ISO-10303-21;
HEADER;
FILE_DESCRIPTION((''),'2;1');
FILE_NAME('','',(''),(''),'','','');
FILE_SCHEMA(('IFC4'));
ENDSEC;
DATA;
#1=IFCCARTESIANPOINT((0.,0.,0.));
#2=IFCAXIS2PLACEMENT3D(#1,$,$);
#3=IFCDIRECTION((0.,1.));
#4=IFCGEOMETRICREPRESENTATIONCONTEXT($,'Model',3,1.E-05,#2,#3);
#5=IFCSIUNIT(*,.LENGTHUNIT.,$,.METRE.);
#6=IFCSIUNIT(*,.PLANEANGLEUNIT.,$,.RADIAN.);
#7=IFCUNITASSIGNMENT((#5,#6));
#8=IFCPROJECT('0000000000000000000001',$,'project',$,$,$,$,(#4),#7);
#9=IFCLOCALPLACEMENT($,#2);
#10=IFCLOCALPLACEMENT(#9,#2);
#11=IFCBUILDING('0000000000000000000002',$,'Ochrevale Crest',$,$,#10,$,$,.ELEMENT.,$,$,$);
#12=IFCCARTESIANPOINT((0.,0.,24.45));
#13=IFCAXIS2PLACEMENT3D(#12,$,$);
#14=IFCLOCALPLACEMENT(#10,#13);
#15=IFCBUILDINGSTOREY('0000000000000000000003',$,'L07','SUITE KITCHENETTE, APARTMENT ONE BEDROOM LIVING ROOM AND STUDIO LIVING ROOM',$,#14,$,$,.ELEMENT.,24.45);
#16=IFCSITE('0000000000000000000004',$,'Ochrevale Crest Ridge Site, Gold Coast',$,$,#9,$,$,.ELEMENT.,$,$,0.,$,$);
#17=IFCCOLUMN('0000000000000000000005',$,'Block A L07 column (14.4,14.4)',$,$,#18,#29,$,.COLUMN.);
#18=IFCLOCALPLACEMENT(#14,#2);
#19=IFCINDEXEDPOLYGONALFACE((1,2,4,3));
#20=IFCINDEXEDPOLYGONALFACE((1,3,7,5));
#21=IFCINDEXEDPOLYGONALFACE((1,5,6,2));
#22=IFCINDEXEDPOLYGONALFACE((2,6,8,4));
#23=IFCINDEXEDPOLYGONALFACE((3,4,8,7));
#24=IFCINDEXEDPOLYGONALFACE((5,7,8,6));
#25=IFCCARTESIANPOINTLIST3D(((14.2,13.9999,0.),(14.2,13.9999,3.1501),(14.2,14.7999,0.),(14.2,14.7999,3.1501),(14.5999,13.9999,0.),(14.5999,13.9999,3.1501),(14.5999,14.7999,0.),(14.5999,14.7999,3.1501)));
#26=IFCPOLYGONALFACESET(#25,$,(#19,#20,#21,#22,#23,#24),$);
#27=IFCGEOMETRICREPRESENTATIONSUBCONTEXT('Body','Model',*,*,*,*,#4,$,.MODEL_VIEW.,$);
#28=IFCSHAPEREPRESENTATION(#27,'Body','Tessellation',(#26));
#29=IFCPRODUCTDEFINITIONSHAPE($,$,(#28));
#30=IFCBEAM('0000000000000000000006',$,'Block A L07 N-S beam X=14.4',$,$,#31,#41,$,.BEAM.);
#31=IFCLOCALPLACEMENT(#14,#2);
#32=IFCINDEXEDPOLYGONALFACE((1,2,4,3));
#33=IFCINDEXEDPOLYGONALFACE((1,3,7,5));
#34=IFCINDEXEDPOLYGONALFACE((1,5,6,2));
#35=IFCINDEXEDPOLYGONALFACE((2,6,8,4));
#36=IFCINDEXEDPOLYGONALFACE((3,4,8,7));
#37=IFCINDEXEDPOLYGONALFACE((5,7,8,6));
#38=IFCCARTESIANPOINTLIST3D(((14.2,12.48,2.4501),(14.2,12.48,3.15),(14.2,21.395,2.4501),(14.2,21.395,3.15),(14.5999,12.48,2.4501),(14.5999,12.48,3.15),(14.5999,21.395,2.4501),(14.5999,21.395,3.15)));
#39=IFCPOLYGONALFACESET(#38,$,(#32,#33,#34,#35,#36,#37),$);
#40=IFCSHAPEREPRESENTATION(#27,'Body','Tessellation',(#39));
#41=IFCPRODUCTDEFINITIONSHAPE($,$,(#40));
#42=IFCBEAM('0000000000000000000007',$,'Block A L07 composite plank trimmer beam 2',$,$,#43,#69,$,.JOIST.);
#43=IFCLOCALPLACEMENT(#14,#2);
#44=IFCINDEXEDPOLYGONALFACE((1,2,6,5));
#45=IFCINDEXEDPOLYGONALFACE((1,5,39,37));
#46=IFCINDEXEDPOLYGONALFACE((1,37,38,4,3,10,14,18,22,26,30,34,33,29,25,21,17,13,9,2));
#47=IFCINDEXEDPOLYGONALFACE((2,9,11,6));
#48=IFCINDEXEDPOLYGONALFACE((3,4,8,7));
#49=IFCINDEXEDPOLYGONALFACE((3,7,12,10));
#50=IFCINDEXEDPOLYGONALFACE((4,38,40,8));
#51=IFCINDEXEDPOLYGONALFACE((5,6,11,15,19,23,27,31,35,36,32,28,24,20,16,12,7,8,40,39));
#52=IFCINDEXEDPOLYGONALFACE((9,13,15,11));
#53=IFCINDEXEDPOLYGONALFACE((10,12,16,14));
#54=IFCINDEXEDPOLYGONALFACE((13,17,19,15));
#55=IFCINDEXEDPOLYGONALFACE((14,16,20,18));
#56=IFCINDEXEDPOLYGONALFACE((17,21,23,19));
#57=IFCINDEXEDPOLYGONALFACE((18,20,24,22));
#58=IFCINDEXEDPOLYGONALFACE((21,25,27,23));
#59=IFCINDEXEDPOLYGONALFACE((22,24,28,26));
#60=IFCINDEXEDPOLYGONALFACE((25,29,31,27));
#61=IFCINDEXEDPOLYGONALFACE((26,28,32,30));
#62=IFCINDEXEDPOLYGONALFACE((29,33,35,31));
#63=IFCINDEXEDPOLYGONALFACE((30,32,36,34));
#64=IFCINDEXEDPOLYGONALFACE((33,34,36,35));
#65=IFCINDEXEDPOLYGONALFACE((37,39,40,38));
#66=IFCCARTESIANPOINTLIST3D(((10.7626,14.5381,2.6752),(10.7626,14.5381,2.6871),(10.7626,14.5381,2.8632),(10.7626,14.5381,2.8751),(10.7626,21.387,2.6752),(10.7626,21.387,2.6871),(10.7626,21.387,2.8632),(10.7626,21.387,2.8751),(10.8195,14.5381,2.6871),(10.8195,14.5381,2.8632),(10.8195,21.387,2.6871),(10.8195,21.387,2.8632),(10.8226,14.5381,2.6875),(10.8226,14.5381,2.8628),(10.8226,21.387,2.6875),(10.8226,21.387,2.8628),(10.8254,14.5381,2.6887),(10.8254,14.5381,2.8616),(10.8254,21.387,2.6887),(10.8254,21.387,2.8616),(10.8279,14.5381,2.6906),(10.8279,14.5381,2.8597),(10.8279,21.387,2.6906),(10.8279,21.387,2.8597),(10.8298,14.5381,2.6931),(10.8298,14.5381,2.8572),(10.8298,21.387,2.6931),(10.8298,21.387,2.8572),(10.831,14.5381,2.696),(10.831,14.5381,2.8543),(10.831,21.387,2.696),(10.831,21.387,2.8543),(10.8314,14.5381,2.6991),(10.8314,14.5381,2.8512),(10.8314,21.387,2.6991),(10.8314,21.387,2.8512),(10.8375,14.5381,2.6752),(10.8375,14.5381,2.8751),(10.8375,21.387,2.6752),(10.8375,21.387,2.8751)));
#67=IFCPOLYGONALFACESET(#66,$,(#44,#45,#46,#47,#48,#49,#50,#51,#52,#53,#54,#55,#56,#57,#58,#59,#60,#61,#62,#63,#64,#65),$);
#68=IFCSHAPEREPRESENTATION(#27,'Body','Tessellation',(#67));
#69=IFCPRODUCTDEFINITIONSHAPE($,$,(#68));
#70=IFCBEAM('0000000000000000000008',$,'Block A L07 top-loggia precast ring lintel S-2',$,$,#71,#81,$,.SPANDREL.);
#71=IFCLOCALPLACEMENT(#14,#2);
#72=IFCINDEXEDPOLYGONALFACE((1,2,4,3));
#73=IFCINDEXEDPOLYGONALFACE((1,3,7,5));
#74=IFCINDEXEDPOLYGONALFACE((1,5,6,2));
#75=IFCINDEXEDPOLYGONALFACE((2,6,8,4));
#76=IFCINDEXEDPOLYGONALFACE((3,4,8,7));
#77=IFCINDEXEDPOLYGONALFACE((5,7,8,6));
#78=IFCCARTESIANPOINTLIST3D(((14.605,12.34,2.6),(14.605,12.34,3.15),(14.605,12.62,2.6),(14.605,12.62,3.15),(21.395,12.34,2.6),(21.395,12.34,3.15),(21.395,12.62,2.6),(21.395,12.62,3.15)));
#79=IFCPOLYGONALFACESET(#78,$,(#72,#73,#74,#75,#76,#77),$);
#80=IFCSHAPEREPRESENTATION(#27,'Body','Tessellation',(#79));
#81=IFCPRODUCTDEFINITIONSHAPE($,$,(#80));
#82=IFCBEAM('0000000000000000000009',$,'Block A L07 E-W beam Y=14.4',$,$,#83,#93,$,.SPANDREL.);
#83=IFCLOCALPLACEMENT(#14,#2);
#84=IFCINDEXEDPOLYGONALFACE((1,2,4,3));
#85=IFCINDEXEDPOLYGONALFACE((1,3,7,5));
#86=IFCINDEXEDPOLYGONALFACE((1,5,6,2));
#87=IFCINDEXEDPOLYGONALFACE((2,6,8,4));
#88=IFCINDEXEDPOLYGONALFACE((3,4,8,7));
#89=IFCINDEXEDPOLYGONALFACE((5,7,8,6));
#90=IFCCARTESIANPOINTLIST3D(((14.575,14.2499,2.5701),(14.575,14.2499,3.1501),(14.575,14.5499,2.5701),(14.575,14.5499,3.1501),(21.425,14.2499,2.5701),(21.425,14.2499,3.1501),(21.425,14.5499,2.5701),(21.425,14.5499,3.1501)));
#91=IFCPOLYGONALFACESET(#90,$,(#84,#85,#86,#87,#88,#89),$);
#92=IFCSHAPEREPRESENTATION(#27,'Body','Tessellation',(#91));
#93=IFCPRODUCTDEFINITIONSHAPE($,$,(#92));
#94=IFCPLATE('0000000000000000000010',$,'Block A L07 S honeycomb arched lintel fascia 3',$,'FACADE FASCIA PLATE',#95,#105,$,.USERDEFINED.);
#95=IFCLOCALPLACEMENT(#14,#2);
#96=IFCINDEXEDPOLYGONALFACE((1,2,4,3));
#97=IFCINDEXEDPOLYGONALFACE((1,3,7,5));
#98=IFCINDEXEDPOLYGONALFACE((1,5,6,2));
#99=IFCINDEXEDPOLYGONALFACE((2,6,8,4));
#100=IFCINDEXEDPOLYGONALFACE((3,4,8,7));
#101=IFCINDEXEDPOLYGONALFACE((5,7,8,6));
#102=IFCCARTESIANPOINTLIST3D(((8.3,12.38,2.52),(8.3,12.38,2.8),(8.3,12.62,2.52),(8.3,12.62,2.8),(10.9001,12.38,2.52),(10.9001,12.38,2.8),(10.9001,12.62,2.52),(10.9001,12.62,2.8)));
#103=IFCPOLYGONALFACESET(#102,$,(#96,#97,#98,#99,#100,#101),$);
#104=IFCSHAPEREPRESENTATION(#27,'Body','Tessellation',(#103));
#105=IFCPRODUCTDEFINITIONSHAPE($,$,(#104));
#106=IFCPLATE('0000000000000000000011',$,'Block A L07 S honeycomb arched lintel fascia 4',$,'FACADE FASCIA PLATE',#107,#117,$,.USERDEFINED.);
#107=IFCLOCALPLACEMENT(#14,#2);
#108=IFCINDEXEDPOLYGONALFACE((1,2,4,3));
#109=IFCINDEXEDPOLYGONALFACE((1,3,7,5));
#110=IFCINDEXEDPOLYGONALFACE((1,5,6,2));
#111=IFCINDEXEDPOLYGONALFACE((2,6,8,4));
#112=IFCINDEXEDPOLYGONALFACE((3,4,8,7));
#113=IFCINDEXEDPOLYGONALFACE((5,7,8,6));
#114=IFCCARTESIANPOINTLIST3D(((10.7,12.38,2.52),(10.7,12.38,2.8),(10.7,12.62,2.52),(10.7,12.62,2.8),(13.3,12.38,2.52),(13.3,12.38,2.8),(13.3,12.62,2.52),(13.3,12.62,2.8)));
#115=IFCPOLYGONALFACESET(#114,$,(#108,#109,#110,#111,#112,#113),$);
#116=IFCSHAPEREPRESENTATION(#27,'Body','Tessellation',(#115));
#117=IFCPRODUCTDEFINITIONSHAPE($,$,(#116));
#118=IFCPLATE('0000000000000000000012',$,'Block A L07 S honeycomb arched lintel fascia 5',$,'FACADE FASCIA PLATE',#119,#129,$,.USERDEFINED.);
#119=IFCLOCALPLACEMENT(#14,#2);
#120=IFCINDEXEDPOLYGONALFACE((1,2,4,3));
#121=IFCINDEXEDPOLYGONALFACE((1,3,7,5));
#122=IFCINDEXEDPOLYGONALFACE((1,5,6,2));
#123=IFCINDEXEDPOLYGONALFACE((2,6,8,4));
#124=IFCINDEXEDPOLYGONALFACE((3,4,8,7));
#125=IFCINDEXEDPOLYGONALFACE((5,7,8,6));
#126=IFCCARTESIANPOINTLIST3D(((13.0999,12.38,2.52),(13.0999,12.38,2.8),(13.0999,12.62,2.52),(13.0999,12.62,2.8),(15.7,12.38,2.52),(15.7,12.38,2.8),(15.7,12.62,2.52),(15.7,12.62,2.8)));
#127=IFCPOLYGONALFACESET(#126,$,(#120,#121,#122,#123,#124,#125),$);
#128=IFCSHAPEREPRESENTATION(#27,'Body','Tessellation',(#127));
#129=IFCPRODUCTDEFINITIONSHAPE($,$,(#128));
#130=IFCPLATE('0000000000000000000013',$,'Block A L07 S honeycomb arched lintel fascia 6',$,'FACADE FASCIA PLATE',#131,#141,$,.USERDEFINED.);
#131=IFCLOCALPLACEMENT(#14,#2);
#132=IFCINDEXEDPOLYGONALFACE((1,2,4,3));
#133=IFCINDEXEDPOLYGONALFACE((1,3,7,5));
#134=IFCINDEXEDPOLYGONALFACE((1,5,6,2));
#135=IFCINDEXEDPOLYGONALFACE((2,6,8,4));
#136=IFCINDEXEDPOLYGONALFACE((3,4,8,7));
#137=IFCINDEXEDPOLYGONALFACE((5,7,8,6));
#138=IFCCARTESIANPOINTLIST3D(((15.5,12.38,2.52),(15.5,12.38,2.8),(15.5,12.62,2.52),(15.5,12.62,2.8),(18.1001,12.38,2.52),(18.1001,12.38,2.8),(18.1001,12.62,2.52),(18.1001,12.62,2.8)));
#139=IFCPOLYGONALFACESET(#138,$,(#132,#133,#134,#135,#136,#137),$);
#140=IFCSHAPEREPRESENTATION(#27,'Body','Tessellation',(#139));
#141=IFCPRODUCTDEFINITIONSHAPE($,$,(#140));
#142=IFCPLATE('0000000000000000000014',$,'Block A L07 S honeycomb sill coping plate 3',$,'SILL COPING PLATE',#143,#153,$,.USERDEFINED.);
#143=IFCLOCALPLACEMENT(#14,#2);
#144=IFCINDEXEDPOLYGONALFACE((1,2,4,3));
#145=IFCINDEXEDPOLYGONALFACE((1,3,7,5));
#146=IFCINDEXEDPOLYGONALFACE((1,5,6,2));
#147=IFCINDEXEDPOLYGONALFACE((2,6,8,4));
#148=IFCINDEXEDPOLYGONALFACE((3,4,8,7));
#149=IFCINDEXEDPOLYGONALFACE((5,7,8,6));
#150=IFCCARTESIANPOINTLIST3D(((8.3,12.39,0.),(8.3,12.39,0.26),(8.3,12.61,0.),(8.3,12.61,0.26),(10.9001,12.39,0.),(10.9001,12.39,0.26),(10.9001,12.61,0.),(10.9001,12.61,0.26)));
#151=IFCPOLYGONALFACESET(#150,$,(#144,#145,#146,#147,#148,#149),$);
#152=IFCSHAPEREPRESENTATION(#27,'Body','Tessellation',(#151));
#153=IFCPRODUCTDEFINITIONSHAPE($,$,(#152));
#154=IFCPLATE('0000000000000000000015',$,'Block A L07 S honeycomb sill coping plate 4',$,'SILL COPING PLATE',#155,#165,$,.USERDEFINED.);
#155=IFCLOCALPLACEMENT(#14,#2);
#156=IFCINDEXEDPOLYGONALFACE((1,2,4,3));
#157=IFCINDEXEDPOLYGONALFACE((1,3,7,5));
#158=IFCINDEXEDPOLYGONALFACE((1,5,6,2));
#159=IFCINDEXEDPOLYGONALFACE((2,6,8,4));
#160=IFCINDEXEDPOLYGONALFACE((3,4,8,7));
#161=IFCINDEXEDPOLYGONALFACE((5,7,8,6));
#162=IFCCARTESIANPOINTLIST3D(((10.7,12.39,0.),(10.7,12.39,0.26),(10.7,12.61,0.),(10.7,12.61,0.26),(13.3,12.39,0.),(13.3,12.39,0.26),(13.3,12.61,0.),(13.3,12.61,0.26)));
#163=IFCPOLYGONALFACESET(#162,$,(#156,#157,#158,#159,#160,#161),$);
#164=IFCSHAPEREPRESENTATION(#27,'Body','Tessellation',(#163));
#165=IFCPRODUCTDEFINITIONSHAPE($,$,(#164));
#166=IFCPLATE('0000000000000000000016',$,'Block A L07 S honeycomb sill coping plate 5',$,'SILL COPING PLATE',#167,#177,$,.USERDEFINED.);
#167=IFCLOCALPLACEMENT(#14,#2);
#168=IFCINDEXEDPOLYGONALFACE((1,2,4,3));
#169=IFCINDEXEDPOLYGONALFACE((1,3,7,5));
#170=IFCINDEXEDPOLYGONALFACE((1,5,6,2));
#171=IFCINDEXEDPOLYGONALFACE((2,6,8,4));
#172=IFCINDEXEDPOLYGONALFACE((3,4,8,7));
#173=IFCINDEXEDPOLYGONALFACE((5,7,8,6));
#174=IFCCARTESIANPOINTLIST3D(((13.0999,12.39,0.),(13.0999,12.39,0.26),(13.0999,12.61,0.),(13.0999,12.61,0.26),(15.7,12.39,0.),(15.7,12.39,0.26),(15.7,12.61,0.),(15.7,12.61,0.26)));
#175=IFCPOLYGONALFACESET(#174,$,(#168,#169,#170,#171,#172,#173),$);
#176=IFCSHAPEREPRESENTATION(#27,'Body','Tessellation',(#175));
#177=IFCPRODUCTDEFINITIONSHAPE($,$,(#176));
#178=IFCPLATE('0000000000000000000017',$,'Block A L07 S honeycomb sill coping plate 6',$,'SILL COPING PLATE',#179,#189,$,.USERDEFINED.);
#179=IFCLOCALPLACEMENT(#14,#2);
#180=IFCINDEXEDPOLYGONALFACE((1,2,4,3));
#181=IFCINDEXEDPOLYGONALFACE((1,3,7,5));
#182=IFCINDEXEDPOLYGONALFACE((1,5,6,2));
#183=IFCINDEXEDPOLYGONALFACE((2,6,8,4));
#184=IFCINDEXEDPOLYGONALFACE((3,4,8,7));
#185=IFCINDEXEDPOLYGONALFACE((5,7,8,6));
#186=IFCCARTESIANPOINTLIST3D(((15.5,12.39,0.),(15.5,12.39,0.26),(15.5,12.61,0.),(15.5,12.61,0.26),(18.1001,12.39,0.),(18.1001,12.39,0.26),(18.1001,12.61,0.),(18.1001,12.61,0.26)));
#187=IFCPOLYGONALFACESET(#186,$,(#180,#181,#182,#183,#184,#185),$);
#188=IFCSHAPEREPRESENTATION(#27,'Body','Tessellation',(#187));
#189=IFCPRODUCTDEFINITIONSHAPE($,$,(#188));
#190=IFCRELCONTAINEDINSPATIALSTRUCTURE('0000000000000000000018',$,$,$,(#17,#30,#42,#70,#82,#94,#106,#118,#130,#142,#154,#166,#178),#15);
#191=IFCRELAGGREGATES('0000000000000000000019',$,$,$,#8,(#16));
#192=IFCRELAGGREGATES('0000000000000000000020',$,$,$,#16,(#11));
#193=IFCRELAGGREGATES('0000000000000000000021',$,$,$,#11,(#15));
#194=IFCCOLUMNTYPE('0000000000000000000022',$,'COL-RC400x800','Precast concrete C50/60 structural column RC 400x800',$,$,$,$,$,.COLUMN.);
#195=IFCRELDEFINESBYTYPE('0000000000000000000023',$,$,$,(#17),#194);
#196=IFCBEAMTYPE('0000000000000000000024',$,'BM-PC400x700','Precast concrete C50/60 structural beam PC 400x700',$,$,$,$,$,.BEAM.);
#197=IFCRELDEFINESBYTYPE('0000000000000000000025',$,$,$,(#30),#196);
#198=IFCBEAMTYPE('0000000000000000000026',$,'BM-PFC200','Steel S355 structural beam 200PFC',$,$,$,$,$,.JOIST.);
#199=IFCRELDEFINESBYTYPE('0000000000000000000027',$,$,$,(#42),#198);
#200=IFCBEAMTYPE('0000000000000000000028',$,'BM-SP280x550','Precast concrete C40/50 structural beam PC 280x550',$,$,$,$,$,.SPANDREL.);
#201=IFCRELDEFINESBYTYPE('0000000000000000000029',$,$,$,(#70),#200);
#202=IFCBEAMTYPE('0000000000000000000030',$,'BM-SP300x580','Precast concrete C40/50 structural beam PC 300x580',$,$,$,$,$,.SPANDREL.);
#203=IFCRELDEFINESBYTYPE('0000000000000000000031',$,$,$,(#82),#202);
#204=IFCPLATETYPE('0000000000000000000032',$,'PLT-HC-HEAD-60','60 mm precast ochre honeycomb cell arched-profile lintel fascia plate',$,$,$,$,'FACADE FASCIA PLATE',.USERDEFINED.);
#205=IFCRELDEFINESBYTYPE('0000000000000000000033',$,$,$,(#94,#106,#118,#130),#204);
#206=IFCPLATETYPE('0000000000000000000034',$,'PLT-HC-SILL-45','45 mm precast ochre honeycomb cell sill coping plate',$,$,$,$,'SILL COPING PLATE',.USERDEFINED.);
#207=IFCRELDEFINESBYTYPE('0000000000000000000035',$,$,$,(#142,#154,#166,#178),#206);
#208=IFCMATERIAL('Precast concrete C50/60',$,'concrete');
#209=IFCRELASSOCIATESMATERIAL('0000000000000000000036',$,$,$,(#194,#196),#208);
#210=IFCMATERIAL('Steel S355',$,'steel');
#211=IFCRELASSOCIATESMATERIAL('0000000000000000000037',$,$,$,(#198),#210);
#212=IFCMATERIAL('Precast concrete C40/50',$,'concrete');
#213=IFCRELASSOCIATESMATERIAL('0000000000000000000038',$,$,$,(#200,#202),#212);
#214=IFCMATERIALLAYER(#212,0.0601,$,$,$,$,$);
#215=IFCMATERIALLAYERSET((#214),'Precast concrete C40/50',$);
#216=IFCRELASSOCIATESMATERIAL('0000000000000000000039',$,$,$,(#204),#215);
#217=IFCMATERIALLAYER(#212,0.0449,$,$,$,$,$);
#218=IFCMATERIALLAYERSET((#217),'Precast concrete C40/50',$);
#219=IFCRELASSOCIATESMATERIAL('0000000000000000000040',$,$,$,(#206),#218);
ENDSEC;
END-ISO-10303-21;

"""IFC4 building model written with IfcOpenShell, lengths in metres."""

from ifc_helpers import new_model, si_unit, direction, frame, origin, origin_2d, place, context, subcontext, project, spatial, rectangle, u_section, extrude, material, layer, layer_set, material_profile, profile_set, type_object, element, save


model = new_model("IFC4")

# Units and contexts
model_context = context("Model", 3, precision=1e-05, world=origin(), true_north=direction((0.0, 1.0)))
body_context = subcontext(model_context, "Body", "Model", "MODEL_VIEW")
ifc_project = project(units=[si_unit("LENGTHUNIT", "METRE"), si_unit("PLANEANGLEUNIT", "RADIAN")], contexts=[model_context])

# Site, building, storey
site_placement = place(None, origin())
site = spatial("IfcSite", under=ifc_project, at=site_placement, Name="Ochrevale Crest Ridge Site, Gold Coast", CompositionType="ELEMENT", RefElevation=0.0)
building_placement = place(site_placement, origin())
building = spatial("IfcBuilding", under=site, at=building_placement, Name="Ochrevale Crest", CompositionType="ELEMENT")
storey_placement = place(building_placement, frame((0.0, 0.0, 24.45)))
storey = spatial("IfcBuildingStorey", under=building, at=storey_placement, Name="L07", Description="SUITE KITCHENETTE, APARTMENT ONE BEDROOM LIVING ROOM AND STUDIO LIVING ROOM", CompositionType="ELEMENT", Elevation=24.45)

# Column
ifc_material_1 = material(Name="Precast concrete C50/60", Category="concrete")
ifc_material_profile_1 = material_profile(ifc_material_1, rectangle(XDim=0.3999, YDim=0.8, at=origin_2d()), Name="RC 400x800")
ifc_profile_set_1 = profile_set([ifc_material_profile_1], Name="Precast concrete C50/60")
column_type = type_object("IfcColumnType", Name="COL-RC400x800", Description="Precast concrete C50/60 structural column RC 400x800", PredefinedType="COLUMN", material=ifc_profile_set_1)
column_placement = place(storey_placement, frame((14.3999, 14.3999, 0.0), z_axis=(0.0, 0.0, 1.0), x_axis=(1.0, 0.0, 0.0)))
element("IfcColumn", 1, at=column_placement, inside=storey, type_object=column_type, Name="Block A L07 column (14.4,14.4)", PredefinedType="COLUMN", context=body_context, shape_type="SweptSolid", body=[
    extrude(rectangle(XDim=0.3999, YDim=0.8, at=origin_2d()), origin(), (0.0, 0.0, 1.0), 3.1501),
])

# Beams
ifc_material_profile_2 = material_profile(ifc_material_1, rectangle(XDim=0.3999, YDim=0.7, at=origin_2d()), Name="PC 400x700")
ifc_profile_set_2 = profile_set([ifc_material_profile_2], Name="Precast concrete C50/60")
beam_type_1 = type_object("IfcBeamType", Name="BM-PC400x700", Description="Precast concrete C50/60 structural beam PC 400x700", PredefinedType="BEAM", material=ifc_profile_set_2)
beam_1_placement = place(storey_placement, frame((14.3999, 12.48, 2.8), z_axis=(0.0, 1.0, 0.0), x_axis=(-1.0, 0.0, 0.0)))
element("IfcBeam", 2, at=beam_1_placement, inside=storey, type_object=beam_type_1, Name="Block A L07 N-S beam X=14.4", PredefinedType="BEAM", context=body_context, shape_type="SweptSolid", body=[
    extrude(rectangle(XDim=0.3999, YDim=0.7, at=origin_2d()), origin(), (0.0, 0.0, 1.0), 8.915),
])
ifc_material_2 = material(Name="Steel S355", Category="steel")
ifc_material_profile_3 = material_profile(ifc_material_2, u_section(Depth=0.2, FlangeWidth=0.075, WebThickness=0.0061, FlangeThickness=0.012, FilletRadius=0.012, at=origin_2d()), Name="200PFC")
ifc_profile_set_3 = profile_set([ifc_material_profile_3], Name="Steel S355")
beam_type_2 = type_object("IfcBeamType", Name="BM-PFC200", Description="Steel S355 structural beam 200PFC", PredefinedType="JOIST", material=ifc_profile_set_3)
beam_2_placement = place(storey_placement, frame((10.8, 14.5381, 2.7751), z_axis=(0.0, 1.0, 0.0), x_axis=(-1.0, 0.0, 0.0)))
element("IfcBeam", 3, at=beam_2_placement, inside=storey, type_object=beam_type_2, Name="Block A L07 composite plank trimmer beam 2", PredefinedType="JOIST", context=body_context, shape_type="SweptSolid", body=[
    extrude(u_section(Depth=0.2, FlangeWidth=0.075, WebThickness=0.0061, FlangeThickness=0.012, FilletRadius=0.012, at=origin_2d()), origin(), (0.0, 0.0, 1.0), 6.8489),
])
ifc_material_3 = material(Name="Precast concrete C40/50", Category="concrete")
ifc_material_profile_4 = material_profile(ifc_material_3, rectangle(XDim=0.28, YDim=0.55, at=origin_2d()), Name="PC 280x550")
ifc_profile_set_4 = profile_set([ifc_material_profile_4], Name="Precast concrete C40/50")
beam_type_3 = type_object("IfcBeamType", Name="BM-SP280x550", Description="Precast concrete C40/50 structural beam PC 280x550", PredefinedType="SPANDREL", material=ifc_profile_set_4)
beam_3_placement = place(storey_placement, frame((14.605, 12.48, 2.875), z_axis=(1.0, 0.0, 0.0), x_axis=(0.0, 1.0, 0.0)))
element("IfcBeam", 4, at=beam_3_placement, inside=storey, type_object=beam_type_3, Name="Block A L07 top-loggia precast ring lintel S-2", PredefinedType="SPANDREL", context=body_context, shape_type="SweptSolid", body=[
    extrude(rectangle(XDim=0.28, YDim=0.55, at=origin_2d()), origin(), (0.0, 0.0, 1.0), 6.79),
])
ifc_material_profile_5 = material_profile(ifc_material_3, rectangle(XDim=0.3, YDim=0.5801, at=origin_2d()), Name="PC 300x580")
ifc_profile_set_5 = profile_set([ifc_material_profile_5], Name="Precast concrete C40/50")
beam_type_4 = type_object("IfcBeamType", Name="BM-SP300x580", Description="Precast concrete C40/50 structural beam PC 300x580", PredefinedType="SPANDREL", material=ifc_profile_set_5)
beam_4_placement = place(storey_placement, frame((14.575, 14.3999, 2.8601), z_axis=(1.0, 0.0, 0.0), x_axis=(0.0, 1.0, 0.0)))
element("IfcBeam", 5, at=beam_4_placement, inside=storey, type_object=beam_type_4, Name="Block A L07 E-W beam Y=14.4", PredefinedType="SPANDREL", context=body_context, shape_type="SweptSolid", body=[
    extrude(rectangle(XDim=0.3, YDim=0.5801, at=origin_2d()), origin(), (0.0, 0.0, 1.0), 6.8501),
])

# Plates
ifc_layer_1 = layer(ifc_material_3, 0.0601)
ifc_layer_set_1 = layer_set([ifc_layer_1], Name="Precast concrete C40/50")
plate_type_1 = type_object("IfcPlateType", Name="PLT-HC-HEAD-60", Description="60 mm precast ochre honeycomb cell arched-profile lintel fascia plate", ElementType="FACADE FASCIA PLATE", PredefinedType="USERDEFINED", material=ifc_layer_set_1)
for number, where, z_axis, x_axis, name in (
    (6, (9.6001, 12.5, 2.52), (0.0, 0.0, 1.0), (1.0, 0.0, 0.0), "Block A L07 S honeycomb arched lintel fascia 3"),
    (7, (12.0, 12.5, 2.52), (0.0, 0.0, 1.0), (1.0, 0.0, 0.0), "Block A L07 S honeycomb arched lintel fascia 4"),
    (8, (14.3999, 12.5, 2.52), (0.0, 0.0, 1.0), (1.0, 0.0, 0.0), "Block A L07 S honeycomb arched lintel fascia 5"),
    (9, (16.8, 12.5, 2.52), (0.0, 0.0, 1.0), (1.0, 0.0, 0.0), "Block A L07 S honeycomb arched lintel fascia 6"),
):
    element("IfcPlate", number, at=place(storey_placement, frame(where, z_axis=z_axis, x_axis=x_axis)), inside=storey, type_object=plate_type_1, Name=name, ObjectType="FACADE FASCIA PLATE", PredefinedType="USERDEFINED", context=body_context, shape_type="SweptSolid", body=[
        extrude(rectangle(XDim=2.6001, YDim=0.24, at=origin_2d()), origin(), (0.0, 0.0, 1.0), 0.28),
    ])
ifc_layer_2 = layer(ifc_material_3, 0.0449)
ifc_layer_set_2 = layer_set([ifc_layer_2], Name="Precast concrete C40/50")
plate_type_2 = type_object("IfcPlateType", Name="PLT-HC-SILL-45", Description="45 mm precast ochre honeycomb cell sill coping plate", ElementType="SILL COPING PLATE", PredefinedType="USERDEFINED", material=ifc_layer_set_2)
for number, where, z_axis, x_axis, name in (
    (10, (9.6001, 12.5, 0.0), (0.0, 0.0, 1.0), (1.0, 0.0, 0.0), "Block A L07 S honeycomb sill coping plate 3"),
    (11, (12.0, 12.5, 0.0), (0.0, 0.0, 1.0), (1.0, 0.0, 0.0), "Block A L07 S honeycomb sill coping plate 4"),
    (12, (14.3999, 12.5, 0.0), (0.0, 0.0, 1.0), (1.0, 0.0, 0.0), "Block A L07 S honeycomb sill coping plate 5"),
    (13, (16.8, 12.5, 0.0), (0.0, 0.0, 1.0), (1.0, 0.0, 0.0), "Block A L07 S honeycomb sill coping plate 6"),
):
    element("IfcPlate", number, at=place(storey_placement, frame(where, z_axis=z_axis, x_axis=x_axis)), inside=storey, type_object=plate_type_2, Name=name, ObjectType="SILL COPING PLATE", PredefinedType="USERDEFINED", context=body_context, shape_type="SweptSolid", body=[
        extrude(rectangle(XDim=2.6001, YDim=0.22, at=origin_2d()), origin(), (0.0, 0.0, 1.0), 0.26),
    ])

save(model, "model.ifc")
